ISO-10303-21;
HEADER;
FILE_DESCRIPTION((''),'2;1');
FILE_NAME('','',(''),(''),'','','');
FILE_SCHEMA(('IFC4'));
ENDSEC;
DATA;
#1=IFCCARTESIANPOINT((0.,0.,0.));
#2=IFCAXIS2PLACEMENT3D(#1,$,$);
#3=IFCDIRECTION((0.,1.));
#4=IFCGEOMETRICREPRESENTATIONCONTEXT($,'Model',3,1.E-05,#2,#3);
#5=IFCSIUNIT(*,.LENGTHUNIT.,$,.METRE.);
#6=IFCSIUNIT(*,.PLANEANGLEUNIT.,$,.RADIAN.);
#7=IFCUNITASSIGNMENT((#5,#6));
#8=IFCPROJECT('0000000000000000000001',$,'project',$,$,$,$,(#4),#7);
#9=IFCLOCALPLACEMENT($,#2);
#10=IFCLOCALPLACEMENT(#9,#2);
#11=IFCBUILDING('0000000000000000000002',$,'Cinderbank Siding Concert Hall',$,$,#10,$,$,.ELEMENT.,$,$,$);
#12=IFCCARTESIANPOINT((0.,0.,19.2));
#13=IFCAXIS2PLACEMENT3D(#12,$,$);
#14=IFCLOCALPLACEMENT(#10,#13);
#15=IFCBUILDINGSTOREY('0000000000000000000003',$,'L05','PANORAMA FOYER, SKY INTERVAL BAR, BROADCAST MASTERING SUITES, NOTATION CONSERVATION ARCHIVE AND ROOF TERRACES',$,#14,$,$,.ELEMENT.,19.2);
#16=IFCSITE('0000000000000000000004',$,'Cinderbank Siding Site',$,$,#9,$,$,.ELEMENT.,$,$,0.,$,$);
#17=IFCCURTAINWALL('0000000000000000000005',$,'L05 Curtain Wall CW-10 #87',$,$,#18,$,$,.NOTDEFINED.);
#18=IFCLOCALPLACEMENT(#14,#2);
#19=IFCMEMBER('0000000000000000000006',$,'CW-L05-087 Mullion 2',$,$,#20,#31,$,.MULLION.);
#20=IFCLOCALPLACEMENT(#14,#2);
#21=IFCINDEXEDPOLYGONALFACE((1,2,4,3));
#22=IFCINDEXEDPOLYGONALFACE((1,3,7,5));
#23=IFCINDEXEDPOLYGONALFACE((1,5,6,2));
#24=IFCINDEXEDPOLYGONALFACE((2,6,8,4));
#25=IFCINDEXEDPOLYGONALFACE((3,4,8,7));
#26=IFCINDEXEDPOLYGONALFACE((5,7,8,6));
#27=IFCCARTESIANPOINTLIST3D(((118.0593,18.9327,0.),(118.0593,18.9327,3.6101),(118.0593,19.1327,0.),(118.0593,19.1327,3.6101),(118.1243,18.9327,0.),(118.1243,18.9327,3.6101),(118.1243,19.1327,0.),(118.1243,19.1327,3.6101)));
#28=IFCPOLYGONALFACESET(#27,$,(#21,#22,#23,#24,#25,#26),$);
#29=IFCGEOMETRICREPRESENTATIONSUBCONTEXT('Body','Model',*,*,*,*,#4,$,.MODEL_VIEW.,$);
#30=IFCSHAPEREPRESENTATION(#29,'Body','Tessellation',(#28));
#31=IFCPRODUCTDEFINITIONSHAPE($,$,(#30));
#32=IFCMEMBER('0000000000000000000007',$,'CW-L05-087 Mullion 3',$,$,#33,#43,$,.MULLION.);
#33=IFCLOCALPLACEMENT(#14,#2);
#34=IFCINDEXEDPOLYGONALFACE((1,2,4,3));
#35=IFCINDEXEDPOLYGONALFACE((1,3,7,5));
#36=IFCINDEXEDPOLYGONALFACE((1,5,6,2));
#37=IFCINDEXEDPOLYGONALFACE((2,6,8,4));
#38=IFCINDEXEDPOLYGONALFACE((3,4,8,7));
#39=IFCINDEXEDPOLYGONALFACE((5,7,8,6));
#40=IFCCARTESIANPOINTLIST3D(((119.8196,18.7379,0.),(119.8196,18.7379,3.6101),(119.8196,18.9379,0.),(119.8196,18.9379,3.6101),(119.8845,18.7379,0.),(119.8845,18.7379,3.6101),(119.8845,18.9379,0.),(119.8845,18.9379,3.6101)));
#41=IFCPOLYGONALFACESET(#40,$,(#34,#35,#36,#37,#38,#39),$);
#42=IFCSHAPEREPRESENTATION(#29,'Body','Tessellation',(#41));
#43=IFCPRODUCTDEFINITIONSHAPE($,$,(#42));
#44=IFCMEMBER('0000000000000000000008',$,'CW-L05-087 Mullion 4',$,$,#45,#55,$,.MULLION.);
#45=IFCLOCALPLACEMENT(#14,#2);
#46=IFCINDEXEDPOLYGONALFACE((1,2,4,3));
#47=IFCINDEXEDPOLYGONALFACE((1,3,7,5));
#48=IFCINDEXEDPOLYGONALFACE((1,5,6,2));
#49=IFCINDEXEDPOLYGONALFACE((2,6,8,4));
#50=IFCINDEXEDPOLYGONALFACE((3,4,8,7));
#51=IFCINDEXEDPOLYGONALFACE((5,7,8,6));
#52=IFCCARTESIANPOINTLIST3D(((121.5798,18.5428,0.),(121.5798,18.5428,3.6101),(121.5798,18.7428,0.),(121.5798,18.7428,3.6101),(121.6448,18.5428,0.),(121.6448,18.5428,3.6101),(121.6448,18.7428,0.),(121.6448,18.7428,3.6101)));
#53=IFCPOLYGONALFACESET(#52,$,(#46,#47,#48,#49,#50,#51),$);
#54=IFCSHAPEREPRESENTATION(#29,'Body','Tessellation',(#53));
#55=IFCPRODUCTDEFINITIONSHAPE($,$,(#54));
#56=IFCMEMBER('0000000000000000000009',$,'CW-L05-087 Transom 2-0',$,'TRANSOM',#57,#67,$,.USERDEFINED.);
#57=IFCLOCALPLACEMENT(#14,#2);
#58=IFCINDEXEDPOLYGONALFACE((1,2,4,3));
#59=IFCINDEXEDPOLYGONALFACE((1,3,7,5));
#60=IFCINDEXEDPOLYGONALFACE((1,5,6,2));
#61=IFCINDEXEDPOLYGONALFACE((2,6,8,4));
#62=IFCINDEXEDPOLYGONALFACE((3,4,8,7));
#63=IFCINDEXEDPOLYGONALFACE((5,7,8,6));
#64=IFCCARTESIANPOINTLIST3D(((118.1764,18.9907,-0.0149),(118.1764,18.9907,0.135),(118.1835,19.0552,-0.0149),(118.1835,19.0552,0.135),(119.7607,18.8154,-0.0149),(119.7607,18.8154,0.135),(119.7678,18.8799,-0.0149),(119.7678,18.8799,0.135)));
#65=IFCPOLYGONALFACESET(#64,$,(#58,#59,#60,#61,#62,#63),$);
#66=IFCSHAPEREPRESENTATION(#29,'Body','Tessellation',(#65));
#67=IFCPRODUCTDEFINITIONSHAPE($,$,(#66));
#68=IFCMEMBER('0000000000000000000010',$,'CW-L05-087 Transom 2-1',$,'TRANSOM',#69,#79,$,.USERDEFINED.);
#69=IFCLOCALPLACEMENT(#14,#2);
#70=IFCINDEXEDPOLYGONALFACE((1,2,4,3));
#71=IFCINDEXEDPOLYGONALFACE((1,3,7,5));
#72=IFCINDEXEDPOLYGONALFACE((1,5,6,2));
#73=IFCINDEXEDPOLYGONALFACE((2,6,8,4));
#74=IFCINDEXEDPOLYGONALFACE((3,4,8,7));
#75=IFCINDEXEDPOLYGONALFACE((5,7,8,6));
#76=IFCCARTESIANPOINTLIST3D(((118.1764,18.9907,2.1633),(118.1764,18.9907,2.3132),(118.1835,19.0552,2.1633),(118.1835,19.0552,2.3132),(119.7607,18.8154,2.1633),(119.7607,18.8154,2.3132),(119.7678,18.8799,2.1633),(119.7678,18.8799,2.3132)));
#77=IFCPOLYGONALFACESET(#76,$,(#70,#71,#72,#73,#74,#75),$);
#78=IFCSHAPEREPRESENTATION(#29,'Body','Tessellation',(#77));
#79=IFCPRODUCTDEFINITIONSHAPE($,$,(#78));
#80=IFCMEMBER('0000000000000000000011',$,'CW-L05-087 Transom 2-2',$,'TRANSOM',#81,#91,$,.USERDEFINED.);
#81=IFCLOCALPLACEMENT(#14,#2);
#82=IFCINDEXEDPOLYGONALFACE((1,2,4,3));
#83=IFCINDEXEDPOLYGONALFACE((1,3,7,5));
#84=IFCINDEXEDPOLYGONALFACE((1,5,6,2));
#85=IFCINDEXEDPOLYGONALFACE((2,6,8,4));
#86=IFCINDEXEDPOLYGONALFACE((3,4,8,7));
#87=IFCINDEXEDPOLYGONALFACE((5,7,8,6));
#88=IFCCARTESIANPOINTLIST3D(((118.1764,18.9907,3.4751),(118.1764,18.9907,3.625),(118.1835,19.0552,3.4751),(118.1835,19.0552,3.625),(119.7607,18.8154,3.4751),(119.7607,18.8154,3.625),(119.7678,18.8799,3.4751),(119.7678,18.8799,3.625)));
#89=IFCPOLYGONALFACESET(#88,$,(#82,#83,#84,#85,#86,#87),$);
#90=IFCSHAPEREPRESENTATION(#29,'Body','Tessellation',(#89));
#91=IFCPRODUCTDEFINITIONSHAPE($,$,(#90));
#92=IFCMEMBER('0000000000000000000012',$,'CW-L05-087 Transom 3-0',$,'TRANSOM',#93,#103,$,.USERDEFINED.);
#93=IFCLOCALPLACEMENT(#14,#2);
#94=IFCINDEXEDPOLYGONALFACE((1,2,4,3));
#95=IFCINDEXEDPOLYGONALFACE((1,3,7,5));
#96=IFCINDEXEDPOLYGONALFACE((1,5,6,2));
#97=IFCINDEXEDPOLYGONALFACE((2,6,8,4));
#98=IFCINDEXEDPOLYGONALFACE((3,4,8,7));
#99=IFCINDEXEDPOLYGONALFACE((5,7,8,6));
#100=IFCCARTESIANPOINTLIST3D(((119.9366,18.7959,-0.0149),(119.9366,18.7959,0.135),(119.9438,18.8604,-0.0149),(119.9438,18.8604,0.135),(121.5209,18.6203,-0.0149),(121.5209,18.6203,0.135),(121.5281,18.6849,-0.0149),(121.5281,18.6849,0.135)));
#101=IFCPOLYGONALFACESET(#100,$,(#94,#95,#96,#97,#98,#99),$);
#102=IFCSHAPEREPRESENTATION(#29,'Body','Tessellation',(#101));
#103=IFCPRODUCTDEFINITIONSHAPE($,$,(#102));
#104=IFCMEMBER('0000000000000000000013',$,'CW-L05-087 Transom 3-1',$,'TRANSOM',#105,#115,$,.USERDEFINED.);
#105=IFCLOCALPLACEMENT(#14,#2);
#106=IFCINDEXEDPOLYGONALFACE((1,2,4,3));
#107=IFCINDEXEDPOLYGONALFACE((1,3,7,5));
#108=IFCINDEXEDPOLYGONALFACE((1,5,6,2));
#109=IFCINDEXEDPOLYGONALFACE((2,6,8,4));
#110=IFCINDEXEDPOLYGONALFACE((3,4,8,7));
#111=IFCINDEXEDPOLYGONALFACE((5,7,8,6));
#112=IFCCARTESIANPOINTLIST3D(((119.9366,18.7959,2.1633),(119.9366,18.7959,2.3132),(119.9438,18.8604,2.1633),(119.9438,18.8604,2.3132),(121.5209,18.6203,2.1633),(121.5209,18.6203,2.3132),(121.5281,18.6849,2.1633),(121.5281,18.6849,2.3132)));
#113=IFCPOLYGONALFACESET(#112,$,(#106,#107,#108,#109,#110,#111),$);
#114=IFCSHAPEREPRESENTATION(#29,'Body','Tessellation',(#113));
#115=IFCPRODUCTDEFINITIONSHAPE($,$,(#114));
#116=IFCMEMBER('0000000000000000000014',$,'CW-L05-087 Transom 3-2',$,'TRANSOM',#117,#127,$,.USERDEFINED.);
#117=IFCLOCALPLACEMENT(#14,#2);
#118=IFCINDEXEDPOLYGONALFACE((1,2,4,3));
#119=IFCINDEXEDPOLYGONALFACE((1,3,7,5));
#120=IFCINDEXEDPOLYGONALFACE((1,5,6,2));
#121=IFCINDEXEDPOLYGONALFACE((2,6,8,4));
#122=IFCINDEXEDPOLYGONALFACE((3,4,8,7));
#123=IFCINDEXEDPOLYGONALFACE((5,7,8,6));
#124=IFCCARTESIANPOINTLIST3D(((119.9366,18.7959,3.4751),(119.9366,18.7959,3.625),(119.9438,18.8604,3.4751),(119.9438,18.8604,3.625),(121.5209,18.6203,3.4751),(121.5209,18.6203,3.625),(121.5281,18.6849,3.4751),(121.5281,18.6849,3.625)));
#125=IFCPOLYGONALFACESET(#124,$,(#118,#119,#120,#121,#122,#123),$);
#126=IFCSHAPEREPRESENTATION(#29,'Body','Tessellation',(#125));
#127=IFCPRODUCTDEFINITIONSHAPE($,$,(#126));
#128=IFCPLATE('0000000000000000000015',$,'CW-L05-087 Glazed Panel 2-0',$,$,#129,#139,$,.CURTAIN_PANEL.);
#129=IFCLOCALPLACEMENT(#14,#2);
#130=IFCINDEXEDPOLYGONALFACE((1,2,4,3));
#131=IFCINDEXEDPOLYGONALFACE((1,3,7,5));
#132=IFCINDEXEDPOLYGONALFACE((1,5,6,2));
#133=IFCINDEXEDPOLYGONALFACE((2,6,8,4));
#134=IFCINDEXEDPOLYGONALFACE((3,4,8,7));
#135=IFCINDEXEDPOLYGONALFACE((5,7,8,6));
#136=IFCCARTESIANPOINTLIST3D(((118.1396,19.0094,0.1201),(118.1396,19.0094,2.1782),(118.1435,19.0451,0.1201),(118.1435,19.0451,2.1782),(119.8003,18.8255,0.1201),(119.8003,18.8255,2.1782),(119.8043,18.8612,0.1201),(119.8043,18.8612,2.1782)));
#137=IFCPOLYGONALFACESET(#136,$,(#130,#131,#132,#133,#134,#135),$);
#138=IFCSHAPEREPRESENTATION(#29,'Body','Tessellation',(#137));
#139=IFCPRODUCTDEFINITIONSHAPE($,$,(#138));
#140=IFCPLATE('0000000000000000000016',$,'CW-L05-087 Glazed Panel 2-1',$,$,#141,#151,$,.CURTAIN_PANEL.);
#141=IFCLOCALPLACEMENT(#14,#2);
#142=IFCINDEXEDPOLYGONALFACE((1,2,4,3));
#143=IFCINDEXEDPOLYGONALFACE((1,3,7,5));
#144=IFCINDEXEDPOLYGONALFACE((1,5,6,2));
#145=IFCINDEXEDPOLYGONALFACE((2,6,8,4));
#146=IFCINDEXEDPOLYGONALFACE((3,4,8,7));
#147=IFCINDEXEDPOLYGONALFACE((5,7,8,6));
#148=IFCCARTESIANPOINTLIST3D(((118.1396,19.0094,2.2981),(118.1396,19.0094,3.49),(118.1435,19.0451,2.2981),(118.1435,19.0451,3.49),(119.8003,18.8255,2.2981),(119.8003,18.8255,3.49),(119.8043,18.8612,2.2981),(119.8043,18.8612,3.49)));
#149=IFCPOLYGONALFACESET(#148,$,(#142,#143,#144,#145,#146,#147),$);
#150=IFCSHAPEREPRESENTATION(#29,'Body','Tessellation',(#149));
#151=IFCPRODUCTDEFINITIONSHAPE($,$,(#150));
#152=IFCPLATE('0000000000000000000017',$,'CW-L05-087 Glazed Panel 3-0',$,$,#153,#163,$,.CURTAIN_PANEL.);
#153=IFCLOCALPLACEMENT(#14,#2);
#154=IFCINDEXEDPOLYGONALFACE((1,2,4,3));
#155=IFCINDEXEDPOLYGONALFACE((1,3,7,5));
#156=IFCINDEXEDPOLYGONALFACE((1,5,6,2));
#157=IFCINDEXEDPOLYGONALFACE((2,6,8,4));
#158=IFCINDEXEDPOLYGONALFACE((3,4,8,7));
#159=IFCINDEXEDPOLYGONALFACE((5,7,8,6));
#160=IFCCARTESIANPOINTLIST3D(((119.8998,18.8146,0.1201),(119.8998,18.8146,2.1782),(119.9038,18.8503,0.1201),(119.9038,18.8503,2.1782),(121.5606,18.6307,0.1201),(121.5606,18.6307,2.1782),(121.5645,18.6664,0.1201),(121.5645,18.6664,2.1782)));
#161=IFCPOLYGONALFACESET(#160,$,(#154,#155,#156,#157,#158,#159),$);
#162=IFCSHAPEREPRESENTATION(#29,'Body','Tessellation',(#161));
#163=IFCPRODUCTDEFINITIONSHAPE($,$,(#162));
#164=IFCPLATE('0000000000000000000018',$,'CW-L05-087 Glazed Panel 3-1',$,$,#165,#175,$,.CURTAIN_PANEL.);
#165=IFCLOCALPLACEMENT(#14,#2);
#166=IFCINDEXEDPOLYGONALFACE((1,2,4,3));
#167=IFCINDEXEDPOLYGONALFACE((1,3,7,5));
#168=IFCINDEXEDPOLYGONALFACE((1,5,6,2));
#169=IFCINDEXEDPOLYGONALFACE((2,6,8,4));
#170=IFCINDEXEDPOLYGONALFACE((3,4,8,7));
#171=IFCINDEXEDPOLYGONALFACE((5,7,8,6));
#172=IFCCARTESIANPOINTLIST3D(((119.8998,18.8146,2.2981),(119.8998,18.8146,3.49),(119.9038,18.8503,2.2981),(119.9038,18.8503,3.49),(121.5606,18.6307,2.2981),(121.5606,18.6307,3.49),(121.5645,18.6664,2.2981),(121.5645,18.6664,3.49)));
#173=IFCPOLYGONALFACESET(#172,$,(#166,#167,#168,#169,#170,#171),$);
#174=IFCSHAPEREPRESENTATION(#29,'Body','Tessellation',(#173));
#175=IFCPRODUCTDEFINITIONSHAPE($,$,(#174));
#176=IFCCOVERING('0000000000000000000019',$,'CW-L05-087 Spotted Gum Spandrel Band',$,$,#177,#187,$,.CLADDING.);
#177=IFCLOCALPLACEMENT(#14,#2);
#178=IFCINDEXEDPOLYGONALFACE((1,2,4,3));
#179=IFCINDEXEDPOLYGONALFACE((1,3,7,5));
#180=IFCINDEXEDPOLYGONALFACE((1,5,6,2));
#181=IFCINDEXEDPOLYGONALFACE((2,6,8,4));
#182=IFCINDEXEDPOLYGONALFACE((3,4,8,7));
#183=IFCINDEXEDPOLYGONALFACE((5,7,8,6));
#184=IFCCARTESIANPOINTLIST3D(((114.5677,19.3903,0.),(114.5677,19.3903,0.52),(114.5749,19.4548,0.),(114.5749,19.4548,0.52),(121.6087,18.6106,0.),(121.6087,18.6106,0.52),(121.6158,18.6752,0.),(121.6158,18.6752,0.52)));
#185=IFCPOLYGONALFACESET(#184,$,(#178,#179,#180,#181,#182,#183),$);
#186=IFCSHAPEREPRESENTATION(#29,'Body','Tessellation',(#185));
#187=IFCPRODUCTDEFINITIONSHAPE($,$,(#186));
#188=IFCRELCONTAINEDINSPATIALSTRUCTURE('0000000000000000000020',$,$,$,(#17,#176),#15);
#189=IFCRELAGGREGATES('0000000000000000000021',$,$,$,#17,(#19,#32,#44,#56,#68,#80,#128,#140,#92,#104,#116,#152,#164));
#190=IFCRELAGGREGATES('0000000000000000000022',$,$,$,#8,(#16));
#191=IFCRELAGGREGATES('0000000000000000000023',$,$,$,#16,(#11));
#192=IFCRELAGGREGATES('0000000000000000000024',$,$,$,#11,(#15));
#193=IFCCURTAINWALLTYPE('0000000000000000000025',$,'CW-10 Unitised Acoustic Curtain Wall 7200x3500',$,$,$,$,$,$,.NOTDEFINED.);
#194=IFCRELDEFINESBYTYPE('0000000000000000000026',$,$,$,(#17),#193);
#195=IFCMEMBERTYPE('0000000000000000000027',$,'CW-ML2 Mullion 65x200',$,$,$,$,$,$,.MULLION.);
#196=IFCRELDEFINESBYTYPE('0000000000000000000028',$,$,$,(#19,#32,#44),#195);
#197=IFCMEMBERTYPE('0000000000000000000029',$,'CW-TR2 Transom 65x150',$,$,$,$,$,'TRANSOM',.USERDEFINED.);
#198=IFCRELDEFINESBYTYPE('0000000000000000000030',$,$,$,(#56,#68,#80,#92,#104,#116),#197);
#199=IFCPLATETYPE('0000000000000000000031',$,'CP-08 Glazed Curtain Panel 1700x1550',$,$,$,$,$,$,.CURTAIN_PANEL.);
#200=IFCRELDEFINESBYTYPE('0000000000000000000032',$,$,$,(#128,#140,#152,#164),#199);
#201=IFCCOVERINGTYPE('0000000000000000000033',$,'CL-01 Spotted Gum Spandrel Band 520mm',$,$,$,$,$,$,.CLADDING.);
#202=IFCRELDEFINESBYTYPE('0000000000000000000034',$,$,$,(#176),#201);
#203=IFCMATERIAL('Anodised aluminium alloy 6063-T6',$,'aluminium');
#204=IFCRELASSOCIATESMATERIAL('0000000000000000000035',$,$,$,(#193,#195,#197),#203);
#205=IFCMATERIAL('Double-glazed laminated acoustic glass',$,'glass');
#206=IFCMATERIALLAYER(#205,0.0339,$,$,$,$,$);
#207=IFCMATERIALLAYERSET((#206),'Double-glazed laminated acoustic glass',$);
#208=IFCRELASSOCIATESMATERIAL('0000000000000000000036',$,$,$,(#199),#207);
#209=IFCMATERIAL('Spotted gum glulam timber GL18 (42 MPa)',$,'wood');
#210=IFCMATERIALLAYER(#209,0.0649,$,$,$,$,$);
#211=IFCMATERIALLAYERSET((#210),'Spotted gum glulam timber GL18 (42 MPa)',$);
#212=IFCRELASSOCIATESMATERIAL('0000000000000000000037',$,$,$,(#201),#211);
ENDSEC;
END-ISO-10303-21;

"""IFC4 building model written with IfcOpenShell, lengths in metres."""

from ifc_helpers import new_model, si_unit, direction, frame, origin, origin_2d, place, context, subcontext, project, spatial, rectangle, extrude, material, layer, layer_set, material_profile, profile_set, type_object, element, aggregate, save


model = new_model("IFC4")

# Units and contexts
model_context = context("Model", 3, precision=1e-05, world=origin(), true_north=direction((0.0, 1.0)))
body_context = subcontext(model_context, "Body", "Model", "MODEL_VIEW")
ifc_project = project(units=[si_unit("LENGTHUNIT", "METRE"), si_unit("PLANEANGLEUNIT", "RADIAN")], contexts=[model_context])

# Site, building, storey
site_placement = place(None, origin())
site = spatial("IfcSite", under=ifc_project, at=site_placement, Name="Cinderbank Siding Site", CompositionType="ELEMENT", RefElevation=0.0)
building_placement = place(site_placement, origin())
building = spatial("IfcBuilding", under=site, at=building_placement, Name="Cinderbank Siding Concert Hall", CompositionType="ELEMENT")
storey_placement = place(building_placement, frame((0.0, 0.0, 19.2)))
storey = spatial("IfcBuildingStorey", under=building, at=storey_placement, Name="L05", Description="PANORAMA FOYER, SKY INTERVAL BAR, BROADCAST MASTERING SUITES, NOTATION CONSERVATION ARCHIVE AND ROOF TERRACES", CompositionType="ELEMENT", Elevation=19.2)

# Curtain wall, members, plates
ifc_material_1 = material(Name="Anodised aluminium alloy 6063-T6", Category="aluminium")
curtain_wall_type = type_object("IfcCurtainWallType", Name="CW-10 Unitised Acoustic Curtain Wall 7200x3500", PredefinedType="NOTDEFINED", material=ifc_material_1)
curtain_wall_placement = place(storey_placement, origin())
curtain_wall = element("IfcCurtainWall", 1, at=curtain_wall_placement, inside=storey, type_object=curtain_wall_type, Name="L05 Curtain Wall CW-10 #87", PredefinedType="NOTDEFINED")
ifc_material_profile_1 = material_profile(ifc_material_1, rectangle(XDim=0.0649, YDim=0.2, at=origin_2d()), Name="ALU-MULL-65x200", Category="LoadBearing")
ifc_profile_set_1 = profile_set([ifc_material_profile_1], Name="Anodised aluminium alloy 6063-T6")
member_type_1 = type_object("IfcMemberType", Name="CW-ML2 Mullion 65x200", PredefinedType="MULLION", material=ifc_profile_set_1)
member_1_placement = place(storey_placement, frame((118.0918, 19.0327, 0.0), z_axis=(0.0, 0.0, 1.0), x_axis=(1.0, 0.0, 0.0)))
member_1 = element("IfcMember", 2, at=member_1_placement, type_object=member_type_1, Name="CW-L05-087 Mullion 2", PredefinedType="MULLION", context=body_context, shape_type="SweptSolid", body=[
    extrude(rectangle(XDim=0.0649, YDim=0.2, at=origin_2d()), origin(), (0.0, 0.0, 1.0), 3.6101),
])
member_2_placement = place(storey_placement, frame((119.8521, 18.8379, 0.0), z_axis=(0.0, 0.0, 1.0), x_axis=(1.0, 0.0, 0.0)))
member_2 = element("IfcMember", 3, at=member_2_placement, type_object=member_type_1, Name="CW-L05-087 Mullion 3", PredefinedType="MULLION", context=body_context, shape_type="SweptSolid", body=[
    extrude(rectangle(XDim=0.0649, YDim=0.2, at=origin_2d()), origin(), (0.0, 0.0, 1.0), 3.6101),
])
member_3_placement = place(storey_placement, frame((121.6123, 18.6428, 0.0), z_axis=(0.0, 0.0, 1.0), x_axis=(1.0, 0.0, 0.0)))
member_3 = element("IfcMember", 4, at=member_3_placement, type_object=member_type_1, Name="CW-L05-087 Mullion 4", PredefinedType="MULLION", context=body_context, shape_type="SweptSolid", body=[
    extrude(rectangle(XDim=0.0649, YDim=0.2, at=origin_2d()), origin(), (0.0, 0.0, 1.0), 3.6101),
])
ifc_material_profile_2 = material_profile(ifc_material_1, rectangle(XDim=0.0649, YDim=0.1499, at=origin_2d()), Name="ALU-TRAN-65x150", Category="LoadBearing")
ifc_profile_set_2 = profile_set([ifc_material_profile_2], Name="Anodised aluminium alloy 6063-T6")
member_type_2 = type_object("IfcMemberType", Name="CW-TR2 Transom 65x150", ElementType="TRANSOM", PredefinedType="USERDEFINED", material=ifc_profile_set_2)
member_4_placement = place(storey_placement, frame((118.1799, 19.0229, 0.0601), z_axis=(0.993934, -0.109978, 0.0), x_axis=(0.109978, 0.993934, 0.0)))
member_4 = element("IfcMember", 5, at=member_4_placement, type_object=member_type_2, Name="CW-L05-087 Transom 2-0", ObjectType="TRANSOM", PredefinedType="USERDEFINED", context=body_context, shape_type="SweptSolid", body=[
    extrude(rectangle(XDim=0.0649, YDim=0.1499, at=origin_2d()), origin(), (0.0, 0.0, 1.0), 1.594),
])
member_5_placement = place(storey_placement, frame((118.1799, 19.0229, 2.2383), z_axis=(0.993934, -0.109978, 0.0), x_axis=(0.109978, 0.993934, 0.0)))
member_5 = element("IfcMember", 6, at=member_5_placement, type_object=member_type_2, Name="CW-L05-087 Transom 2-1", ObjectType="TRANSOM", PredefinedType="USERDEFINED", context=body_context, shape_type="SweptSolid", body=[
    extrude(rectangle(XDim=0.0649, YDim=0.1499, at=origin_2d()), origin(), (0.0, 0.0, 1.0), 1.594),
])
member_6_placement = place(storey_placement, frame((118.1799, 19.0229, 3.55), z_axis=(0.993934, -0.109978, 0.0), x_axis=(0.109978, 0.993934, 0.0)))
member_6 = element("IfcMember", 7, at=member_6_placement, type_object=member_type_2, Name="CW-L05-087 Transom 2-2", ObjectType="TRANSOM", PredefinedType="USERDEFINED", context=body_context, shape_type="SweptSolid", body=[
    extrude(rectangle(XDim=0.0649, YDim=0.1499, at=origin_2d()), origin(), (0.0, 0.0, 1.0), 1.594),
])
member_7_placement = place(storey_placement, frame((119.9402, 18.8281, 0.0601), z_axis=(0.993917, -0.110129, 0.0), x_axis=(0.110129, 0.993917, 0.0)))
member_7 = element("IfcMember", 8, at=member_7_placement, type_object=member_type_2, Name="CW-L05-087 Transom 3-0", ObjectType="TRANSOM", PredefinedType="USERDEFINED", context=body_context, shape_type="SweptSolid", body=[
    extrude(rectangle(XDim=0.0649, YDim=0.1499, at=origin_2d()), origin(), (0.0, 0.0, 1.0), 1.594),
])
member_8_placement = place(storey_placement, frame((119.9402, 18.8281, 2.2383), z_axis=(0.993917, -0.110129, 0.0), x_axis=(0.110129, 0.993917, 0.0)))
member_8 = element("IfcMember", 9, at=member_8_placement, type_object=member_type_2, Name="CW-L05-087 Transom 3-1", ObjectType="TRANSOM", PredefinedType="USERDEFINED", context=body_context, shape_type="SweptSolid", body=[
    extrude(rectangle(XDim=0.0649, YDim=0.1499, at=origin_2d()), origin(), (0.0, 0.0, 1.0), 1.594),
])
member_9_placement = place(storey_placement, frame((119.9402, 18.8281, 3.55), z_axis=(0.993917, -0.110129, 0.0), x_axis=(0.110129, 0.993917, 0.0)))
member_9 = element("IfcMember", 10, at=member_9_placement, type_object=member_type_2, Name="CW-L05-087 Transom 3-2", ObjectType="TRANSOM", PredefinedType="USERDEFINED", context=body_context, shape_type="SweptSolid", body=[
    extrude(rectangle(XDim=0.0649, YDim=0.1499, at=origin_2d()), origin(), (0.0, 0.0, 1.0), 1.594),
])
ifc_material_2 = material(Name="Double-glazed laminated acoustic glass", Category="glass")
ifc_layer_1 = layer(ifc_material_2, 0.0339)
ifc_layer_set_1 = layer_set([ifc_layer_1], Name="Double-glazed laminated acoustic glass")
plate_type = type_object("IfcPlateType", Name="CP-08 Glazed Curtain Panel 1700x1550", PredefinedType="CURTAIN_PANEL", material=ifc_layer_set_1)
plate_1_placement = place(storey_placement, frame((118.9719, 18.9353, 0.1201), z_axis=(0.0, 0.0, 1.0), x_axis=(0.993925, -0.110057, 0.0)))
plate_1 = element("IfcPlate", 11, at=plate_1_placement, type_object=plate_type, Name="CW-L05-087 Glazed Panel 2-0", PredefinedType="CURTAIN_PANEL", context=body_context, shape_type="SweptSolid", body=[
    extrude(rectangle(XDim=1.6709, YDim=0.0359, at=origin_2d()), origin(), (0.0, 0.0, 1.0), 2.0581),
])
plate_2_placement = place(storey_placement, frame((118.9719, 18.9353, 2.2981), z_axis=(0.0, 0.0, 1.0), x_axis=(0.993925, -0.110057, 0.0)))
plate_2 = element("IfcPlate", 12, at=plate_2_placement, type_object=plate_type, Name="CW-L05-087 Glazed Panel 2-1", PredefinedType="CURTAIN_PANEL", context=body_context, shape_type="SweptSolid", body=[
    extrude(rectangle(XDim=1.6709, YDim=0.0359, at=origin_2d()), origin(), (0.0, 0.0, 1.0), 1.1919),
])
plate_3_placement = place(storey_placement, frame((120.7322, 18.7405, 0.1201), z_axis=(0.0, 0.0, 1.0), x_axis=(0.993925, -0.110057, 0.0)))
plate_3 = element("IfcPlate", 13, at=plate_3_placement, type_object=plate_type, Name="CW-L05-087 Glazed Panel 3-0", PredefinedType="CURTAIN_PANEL", context=body_context, shape_type="SweptSolid", body=[
    extrude(rectangle(XDim=1.6709, YDim=0.0359, at=origin_2d()), origin(), (0.0, 0.0, 1.0), 2.0581),
])
plate_4_placement = place(storey_placement, frame((120.7322, 18.7405, 2.2981), z_axis=(0.0, 0.0, 1.0), x_axis=(0.993925, -0.110057, 0.0)))
plate_4 = element("IfcPlate", 14, at=plate_4_placement, type_object=plate_type, Name="CW-L05-087 Glazed Panel 3-1", PredefinedType="CURTAIN_PANEL", context=body_context, shape_type="SweptSolid", body=[
    extrude(rectangle(XDim=1.6709, YDim=0.0359, at=origin_2d()), origin(), (0.0, 0.0, 1.0), 1.1919),
])
aggregate(curtain_wall, [member_1, member_2, member_3, member_4, member_5, member_6, plate_1, plate_2, member_7, member_8, member_9, plate_3, plate_4])

# Covering
ifc_material_3 = material(Name="Spotted gum glulam timber GL18 (42 MPa)", Category="wood")
ifc_layer_2 = layer(ifc_material_3, 0.0649)
ifc_layer_set_2 = layer_set([ifc_layer_2], Name="Spotted gum glulam timber GL18 (42 MPa)")
covering_type = type_object("IfcCoveringType", Name="CL-01 Spotted Gum Spandrel Band 520mm", PredefinedType="CLADDING", material=ifc_layer_set_2)
covering_placement = place(storey_placement, frame((118.0918, 19.0327, 0.0), z_axis=(0.0, 0.0, 1.0), x_axis=(0.993925, -0.110057, 0.0)))
element("IfcCovering", 15, at=covering_placement, inside=storey, type_object=covering_type, Name="CW-L05-087 Spotted Gum Spandrel Band", PredefinedType="CLADDING", context=body_context, shape_type="SweptSolid", body=[
    extrude(rectangle(XDim=7.084, YDim=0.0649, at=origin_2d()), origin(), (0.0, 0.0, 1.0), 0.52),
])

save(model, "model.ifc")
